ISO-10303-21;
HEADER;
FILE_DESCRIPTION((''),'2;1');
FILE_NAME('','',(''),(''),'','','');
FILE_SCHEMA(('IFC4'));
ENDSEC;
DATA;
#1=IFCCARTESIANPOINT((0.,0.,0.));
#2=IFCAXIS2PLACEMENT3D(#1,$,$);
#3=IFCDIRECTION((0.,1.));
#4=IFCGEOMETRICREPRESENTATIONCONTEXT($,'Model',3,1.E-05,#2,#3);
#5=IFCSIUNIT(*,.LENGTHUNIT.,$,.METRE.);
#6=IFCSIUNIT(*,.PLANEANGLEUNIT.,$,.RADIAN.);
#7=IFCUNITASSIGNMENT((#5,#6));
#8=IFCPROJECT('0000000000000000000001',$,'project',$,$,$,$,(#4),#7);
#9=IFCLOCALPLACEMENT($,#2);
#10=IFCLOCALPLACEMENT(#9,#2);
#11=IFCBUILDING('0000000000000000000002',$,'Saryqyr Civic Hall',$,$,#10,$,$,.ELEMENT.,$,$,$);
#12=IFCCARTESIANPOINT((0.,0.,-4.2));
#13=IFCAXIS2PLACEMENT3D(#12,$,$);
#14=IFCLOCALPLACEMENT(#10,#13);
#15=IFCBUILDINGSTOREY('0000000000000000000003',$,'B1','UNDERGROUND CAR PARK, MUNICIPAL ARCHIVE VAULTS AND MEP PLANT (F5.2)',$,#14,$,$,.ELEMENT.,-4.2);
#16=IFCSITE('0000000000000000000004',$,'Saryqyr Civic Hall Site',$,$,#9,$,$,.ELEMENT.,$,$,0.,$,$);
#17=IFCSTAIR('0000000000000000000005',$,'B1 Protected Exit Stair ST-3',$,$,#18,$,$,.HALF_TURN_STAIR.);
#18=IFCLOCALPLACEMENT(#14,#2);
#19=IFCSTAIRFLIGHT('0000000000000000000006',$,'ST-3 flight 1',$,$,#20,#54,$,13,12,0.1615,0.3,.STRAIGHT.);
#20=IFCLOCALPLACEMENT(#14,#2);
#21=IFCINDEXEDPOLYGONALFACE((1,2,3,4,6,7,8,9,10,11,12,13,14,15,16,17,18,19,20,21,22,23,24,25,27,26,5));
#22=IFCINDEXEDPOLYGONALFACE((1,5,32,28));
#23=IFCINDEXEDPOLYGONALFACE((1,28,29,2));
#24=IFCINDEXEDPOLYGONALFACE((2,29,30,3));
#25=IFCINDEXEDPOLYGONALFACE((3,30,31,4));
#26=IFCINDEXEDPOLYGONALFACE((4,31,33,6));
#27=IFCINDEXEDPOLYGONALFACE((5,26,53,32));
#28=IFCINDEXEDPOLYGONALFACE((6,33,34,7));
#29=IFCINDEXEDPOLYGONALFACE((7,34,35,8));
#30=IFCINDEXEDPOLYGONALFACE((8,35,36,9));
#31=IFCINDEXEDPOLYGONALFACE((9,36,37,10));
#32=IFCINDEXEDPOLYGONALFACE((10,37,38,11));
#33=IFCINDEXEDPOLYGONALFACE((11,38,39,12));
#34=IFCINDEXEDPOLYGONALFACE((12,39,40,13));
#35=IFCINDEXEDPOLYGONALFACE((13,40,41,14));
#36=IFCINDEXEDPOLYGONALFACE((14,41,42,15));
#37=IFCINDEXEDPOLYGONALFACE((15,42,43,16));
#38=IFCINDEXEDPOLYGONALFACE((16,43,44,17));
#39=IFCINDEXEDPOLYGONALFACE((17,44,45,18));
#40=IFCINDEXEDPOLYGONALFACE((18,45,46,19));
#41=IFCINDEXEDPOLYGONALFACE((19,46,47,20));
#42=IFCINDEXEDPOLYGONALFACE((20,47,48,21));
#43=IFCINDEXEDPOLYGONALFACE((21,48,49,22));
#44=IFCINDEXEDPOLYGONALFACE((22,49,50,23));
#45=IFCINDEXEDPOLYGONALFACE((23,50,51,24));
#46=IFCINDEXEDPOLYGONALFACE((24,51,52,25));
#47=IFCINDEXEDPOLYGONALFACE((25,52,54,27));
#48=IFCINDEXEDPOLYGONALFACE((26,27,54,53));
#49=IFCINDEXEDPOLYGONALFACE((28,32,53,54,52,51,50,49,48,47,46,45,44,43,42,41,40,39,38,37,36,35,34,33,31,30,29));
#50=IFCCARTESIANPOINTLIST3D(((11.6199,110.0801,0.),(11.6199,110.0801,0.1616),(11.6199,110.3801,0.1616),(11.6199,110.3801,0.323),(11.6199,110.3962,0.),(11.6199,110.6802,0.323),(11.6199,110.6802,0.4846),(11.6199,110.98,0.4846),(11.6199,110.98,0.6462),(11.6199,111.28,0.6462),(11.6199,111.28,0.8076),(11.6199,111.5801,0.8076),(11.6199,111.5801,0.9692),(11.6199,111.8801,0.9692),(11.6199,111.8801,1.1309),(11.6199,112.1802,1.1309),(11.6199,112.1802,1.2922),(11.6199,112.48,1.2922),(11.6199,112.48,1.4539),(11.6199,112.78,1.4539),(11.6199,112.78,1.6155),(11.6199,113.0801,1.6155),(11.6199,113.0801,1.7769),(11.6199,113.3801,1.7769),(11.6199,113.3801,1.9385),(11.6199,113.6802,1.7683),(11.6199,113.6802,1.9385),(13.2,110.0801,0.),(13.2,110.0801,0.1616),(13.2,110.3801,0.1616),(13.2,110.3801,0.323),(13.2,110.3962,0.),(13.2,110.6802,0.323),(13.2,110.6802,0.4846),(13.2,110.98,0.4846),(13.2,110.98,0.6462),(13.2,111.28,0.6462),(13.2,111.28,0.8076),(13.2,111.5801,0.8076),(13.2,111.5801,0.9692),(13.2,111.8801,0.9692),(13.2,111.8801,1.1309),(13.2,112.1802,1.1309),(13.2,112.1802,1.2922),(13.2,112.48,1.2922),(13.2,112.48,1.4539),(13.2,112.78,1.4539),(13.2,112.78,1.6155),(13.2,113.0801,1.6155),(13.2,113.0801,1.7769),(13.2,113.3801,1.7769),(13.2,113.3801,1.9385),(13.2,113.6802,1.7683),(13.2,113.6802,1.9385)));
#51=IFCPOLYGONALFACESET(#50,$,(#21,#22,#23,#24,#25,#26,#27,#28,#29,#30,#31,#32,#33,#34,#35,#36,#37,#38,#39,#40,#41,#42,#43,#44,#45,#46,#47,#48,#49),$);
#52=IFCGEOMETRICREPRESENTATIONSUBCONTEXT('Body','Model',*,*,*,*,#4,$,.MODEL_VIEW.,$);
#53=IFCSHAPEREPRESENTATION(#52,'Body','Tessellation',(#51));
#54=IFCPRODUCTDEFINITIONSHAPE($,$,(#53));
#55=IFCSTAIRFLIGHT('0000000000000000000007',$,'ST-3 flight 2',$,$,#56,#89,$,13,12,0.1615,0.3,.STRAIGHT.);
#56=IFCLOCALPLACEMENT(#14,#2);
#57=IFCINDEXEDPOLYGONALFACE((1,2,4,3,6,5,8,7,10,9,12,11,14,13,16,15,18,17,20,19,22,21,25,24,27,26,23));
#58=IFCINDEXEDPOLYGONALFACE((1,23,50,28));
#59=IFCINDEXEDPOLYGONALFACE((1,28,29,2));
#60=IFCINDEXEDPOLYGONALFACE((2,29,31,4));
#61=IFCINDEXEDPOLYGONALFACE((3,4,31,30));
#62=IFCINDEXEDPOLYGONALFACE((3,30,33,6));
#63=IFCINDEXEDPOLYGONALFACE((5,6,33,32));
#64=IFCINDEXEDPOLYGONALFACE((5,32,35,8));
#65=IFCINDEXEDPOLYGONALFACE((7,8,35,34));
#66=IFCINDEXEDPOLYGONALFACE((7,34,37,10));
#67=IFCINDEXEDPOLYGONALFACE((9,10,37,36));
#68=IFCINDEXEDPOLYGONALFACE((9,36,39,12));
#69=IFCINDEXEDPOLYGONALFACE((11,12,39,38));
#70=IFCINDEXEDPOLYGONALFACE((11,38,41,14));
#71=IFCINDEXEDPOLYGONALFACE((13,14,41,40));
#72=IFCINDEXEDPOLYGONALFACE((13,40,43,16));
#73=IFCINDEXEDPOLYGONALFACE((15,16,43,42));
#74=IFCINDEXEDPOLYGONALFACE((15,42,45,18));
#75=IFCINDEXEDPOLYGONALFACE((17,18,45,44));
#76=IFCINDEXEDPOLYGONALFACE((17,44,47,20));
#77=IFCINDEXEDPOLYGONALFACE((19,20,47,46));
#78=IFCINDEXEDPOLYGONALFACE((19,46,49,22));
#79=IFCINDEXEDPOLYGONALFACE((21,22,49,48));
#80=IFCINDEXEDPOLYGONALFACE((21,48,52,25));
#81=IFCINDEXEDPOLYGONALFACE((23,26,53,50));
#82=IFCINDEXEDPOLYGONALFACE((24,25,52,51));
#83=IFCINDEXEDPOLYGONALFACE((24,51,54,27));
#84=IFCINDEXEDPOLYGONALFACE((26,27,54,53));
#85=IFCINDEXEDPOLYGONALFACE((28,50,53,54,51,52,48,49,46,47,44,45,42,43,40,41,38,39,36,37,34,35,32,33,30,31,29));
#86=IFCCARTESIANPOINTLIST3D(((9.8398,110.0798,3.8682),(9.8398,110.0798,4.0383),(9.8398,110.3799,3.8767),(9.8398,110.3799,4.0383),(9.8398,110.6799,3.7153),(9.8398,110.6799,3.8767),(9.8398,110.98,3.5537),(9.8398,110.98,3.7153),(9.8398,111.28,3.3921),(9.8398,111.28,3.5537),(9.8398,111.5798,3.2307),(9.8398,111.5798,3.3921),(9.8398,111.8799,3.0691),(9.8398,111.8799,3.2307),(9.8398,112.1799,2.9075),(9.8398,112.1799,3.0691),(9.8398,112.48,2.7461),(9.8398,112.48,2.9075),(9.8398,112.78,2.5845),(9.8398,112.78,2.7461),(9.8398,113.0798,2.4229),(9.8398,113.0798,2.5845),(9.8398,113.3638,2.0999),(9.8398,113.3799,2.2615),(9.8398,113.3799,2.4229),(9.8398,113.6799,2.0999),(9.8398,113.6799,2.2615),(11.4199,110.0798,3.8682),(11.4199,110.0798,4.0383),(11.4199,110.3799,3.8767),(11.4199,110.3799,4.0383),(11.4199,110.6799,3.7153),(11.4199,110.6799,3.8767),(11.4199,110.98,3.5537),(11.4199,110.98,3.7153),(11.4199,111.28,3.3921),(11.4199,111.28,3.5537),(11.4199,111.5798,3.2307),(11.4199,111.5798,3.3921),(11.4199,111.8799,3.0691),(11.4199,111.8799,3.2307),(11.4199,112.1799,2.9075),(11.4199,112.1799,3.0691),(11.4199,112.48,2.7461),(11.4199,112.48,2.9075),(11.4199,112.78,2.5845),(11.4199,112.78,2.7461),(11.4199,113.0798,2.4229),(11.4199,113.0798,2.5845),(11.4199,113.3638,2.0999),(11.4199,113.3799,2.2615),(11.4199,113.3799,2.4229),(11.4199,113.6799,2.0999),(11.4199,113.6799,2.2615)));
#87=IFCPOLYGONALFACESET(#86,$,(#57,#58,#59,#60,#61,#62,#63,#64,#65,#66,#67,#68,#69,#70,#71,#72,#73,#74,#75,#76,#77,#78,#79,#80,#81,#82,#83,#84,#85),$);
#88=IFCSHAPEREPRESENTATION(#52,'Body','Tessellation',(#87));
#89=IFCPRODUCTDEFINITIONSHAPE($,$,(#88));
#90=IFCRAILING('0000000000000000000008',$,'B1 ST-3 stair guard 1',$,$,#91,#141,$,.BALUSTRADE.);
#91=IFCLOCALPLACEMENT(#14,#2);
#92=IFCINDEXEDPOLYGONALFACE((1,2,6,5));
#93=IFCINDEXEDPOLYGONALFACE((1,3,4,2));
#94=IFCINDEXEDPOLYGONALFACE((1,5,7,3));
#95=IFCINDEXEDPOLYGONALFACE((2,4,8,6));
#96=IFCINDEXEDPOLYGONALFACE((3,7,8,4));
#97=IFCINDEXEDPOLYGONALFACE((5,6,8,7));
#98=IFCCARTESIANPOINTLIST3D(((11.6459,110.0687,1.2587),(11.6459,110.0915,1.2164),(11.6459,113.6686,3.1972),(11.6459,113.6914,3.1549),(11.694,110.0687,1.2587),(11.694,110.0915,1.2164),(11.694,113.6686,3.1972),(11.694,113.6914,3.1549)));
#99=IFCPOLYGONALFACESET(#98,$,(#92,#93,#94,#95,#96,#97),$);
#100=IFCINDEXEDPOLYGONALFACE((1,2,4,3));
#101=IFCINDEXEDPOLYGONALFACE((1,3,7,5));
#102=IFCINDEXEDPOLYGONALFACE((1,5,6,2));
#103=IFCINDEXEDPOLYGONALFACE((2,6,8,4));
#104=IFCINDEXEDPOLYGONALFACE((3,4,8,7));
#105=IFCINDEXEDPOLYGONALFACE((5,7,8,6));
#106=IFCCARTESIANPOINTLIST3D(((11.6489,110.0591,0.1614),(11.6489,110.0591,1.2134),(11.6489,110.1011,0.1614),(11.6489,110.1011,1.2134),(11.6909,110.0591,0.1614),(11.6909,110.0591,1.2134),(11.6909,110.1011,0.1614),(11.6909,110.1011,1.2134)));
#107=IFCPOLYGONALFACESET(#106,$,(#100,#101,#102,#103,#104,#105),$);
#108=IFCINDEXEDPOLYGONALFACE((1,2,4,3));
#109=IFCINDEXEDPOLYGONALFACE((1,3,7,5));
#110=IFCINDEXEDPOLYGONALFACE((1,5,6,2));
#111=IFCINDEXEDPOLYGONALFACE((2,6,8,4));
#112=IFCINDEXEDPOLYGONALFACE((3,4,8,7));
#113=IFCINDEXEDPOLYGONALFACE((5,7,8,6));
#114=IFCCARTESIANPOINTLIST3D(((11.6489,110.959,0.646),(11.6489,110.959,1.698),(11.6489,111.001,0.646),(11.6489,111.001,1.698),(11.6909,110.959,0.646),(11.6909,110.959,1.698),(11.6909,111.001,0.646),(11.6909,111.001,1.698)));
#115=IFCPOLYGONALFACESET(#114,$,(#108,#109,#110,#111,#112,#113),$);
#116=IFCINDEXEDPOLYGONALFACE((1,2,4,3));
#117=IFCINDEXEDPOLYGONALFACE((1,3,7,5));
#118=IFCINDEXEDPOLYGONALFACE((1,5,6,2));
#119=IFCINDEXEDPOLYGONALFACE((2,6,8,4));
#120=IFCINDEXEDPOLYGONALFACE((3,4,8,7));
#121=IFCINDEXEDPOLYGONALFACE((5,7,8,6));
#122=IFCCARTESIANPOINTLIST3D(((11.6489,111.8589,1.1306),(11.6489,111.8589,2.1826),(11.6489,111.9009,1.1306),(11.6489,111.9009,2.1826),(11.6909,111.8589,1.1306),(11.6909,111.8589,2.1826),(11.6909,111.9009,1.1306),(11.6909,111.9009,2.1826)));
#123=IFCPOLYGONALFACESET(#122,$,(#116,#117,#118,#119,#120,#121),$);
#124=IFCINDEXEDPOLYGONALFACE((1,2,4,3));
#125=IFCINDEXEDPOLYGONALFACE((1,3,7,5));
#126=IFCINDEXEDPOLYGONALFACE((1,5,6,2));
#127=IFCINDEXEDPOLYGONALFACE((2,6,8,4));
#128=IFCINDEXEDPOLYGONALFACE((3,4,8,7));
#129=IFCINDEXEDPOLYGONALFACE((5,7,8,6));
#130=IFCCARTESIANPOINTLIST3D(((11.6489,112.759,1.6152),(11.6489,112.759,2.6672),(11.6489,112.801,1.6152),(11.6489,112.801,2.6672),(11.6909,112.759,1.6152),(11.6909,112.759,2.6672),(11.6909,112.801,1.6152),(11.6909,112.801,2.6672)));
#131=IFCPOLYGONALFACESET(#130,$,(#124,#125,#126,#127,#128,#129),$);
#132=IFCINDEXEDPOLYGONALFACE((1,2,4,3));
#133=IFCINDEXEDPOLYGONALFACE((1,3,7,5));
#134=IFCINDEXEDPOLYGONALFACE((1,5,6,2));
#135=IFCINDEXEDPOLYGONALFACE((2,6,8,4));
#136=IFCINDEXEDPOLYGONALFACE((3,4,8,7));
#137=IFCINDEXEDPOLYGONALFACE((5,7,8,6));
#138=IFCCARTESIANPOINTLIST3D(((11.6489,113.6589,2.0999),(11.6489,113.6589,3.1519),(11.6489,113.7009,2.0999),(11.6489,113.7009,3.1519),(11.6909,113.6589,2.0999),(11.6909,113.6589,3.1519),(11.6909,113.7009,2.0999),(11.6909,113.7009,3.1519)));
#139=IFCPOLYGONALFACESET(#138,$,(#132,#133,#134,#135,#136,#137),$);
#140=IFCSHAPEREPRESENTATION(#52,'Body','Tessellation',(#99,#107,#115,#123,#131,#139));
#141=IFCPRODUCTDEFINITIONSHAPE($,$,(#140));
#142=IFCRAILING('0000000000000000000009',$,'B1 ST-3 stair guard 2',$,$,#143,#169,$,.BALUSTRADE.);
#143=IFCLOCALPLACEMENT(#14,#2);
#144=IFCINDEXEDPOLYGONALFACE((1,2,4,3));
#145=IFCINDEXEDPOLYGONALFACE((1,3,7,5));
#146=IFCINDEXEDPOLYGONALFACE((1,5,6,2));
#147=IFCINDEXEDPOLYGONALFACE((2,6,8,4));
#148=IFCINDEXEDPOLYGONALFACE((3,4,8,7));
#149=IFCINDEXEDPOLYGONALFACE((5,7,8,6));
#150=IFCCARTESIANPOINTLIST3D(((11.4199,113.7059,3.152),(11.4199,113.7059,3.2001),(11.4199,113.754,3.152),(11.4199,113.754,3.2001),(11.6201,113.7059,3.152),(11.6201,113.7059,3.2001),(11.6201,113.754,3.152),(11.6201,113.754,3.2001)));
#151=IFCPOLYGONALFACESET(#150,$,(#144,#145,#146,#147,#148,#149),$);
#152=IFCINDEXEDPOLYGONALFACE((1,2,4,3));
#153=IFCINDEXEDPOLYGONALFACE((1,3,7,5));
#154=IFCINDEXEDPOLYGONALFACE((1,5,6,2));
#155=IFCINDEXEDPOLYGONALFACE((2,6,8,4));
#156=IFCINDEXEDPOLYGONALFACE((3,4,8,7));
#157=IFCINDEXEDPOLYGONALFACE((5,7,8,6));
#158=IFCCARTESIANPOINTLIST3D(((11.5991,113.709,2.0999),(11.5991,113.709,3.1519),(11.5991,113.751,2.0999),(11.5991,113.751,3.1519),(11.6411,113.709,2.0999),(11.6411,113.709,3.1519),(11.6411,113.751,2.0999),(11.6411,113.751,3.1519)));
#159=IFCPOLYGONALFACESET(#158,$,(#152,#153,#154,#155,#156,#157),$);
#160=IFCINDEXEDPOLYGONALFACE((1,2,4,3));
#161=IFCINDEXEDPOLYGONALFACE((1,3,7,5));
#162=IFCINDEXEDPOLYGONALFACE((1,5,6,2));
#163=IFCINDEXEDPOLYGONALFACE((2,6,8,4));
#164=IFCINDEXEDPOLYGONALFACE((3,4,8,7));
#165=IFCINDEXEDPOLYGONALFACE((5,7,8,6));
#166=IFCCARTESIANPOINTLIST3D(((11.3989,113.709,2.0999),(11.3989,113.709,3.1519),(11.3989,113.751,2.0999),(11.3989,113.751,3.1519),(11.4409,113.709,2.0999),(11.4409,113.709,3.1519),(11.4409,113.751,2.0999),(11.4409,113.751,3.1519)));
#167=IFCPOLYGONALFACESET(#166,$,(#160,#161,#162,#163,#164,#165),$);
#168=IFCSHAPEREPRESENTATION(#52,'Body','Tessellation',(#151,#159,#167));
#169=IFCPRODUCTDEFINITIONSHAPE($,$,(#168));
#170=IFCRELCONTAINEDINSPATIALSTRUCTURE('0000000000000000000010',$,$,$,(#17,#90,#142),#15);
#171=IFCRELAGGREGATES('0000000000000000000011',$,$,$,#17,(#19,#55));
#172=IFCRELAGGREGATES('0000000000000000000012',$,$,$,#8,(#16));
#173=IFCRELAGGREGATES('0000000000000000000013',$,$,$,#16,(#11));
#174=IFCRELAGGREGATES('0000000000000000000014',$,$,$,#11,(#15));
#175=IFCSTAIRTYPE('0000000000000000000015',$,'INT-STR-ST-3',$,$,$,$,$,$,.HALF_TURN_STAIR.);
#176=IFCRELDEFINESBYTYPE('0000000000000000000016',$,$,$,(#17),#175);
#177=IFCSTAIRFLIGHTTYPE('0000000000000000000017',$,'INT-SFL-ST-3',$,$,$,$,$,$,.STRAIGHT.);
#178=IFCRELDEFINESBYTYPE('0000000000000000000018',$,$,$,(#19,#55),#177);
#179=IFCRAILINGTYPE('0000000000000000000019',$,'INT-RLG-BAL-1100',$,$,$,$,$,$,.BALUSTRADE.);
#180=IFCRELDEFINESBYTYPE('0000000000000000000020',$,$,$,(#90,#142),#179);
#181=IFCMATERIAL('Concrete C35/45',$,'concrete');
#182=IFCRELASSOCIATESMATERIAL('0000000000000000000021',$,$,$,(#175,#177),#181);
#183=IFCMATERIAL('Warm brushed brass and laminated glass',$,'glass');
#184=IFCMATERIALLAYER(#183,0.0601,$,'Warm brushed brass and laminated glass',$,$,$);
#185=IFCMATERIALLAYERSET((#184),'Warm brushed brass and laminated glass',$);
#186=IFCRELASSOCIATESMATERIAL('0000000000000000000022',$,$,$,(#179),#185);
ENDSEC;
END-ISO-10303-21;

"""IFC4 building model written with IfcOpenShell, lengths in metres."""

from ifc_helpers import new_model, si_unit, direction, frame, origin, origin_2d, place, context, subcontext, project, spatial, polyline, rectangle, outline, extrude, material, layer, layer_set, type_object, element, aggregate, save


model = new_model("IFC4")

# Units and contexts
model_context = context("Model", 3, precision=1e-05, world=origin(), true_north=direction((0.0, 1.0)))
body_context = subcontext(model_context, "Body", "Model", "MODEL_VIEW")
ifc_project = project(units=[si_unit("LENGTHUNIT", "METRE"), si_unit("PLANEANGLEUNIT", "RADIAN")], contexts=[model_context])

# Site, building, storey
site_placement = place(None, origin())
site = spatial("IfcSite", under=ifc_project, at=site_placement, Name="Saryqyr Civic Hall Site", CompositionType="ELEMENT", RefElevation=0.0)
building_placement = place(site_placement, origin())
building = spatial("IfcBuilding", under=site, at=building_placement, Name="Saryqyr Civic Hall", CompositionType="ELEMENT")
storey_placement = place(building_placement, frame((0.0, 0.0, -4.2)))
storey = spatial("IfcBuildingStorey", under=building, at=storey_placement, Name="B1", Description="UNDERGROUND CAR PARK, MUNICIPAL ARCHIVE VAULTS AND MEP PLANT (F5.2)", CompositionType="ELEMENT", Elevation=-4.2)

# Shared definitions
ifc_material_1 = material(Name="Concrete C35/45", Category="concrete")

# Stair, stair flights
stair_type = type_object("IfcStairType", Name="INT-STR-ST-3", PredefinedType="HALF_TURN_STAIR", material=ifc_material_1)
stair_placement = place(storey_placement, origin())
stair = element("IfcStair", 1, at=stair_placement, inside=storey, type_object=stair_type, Name="B1 Protected Exit Stair ST-3", PredefinedType="HALF_TURN_STAIR")
stair_flight_type = type_object("IfcStairFlightType", Name="INT-SFL-ST-3", PredefinedType="STRAIGHT", material=ifc_material_1)
stair_flight_1_placement = place(storey_placement, frame((12.4099, 110.0801, 0.0), z_axis=(0.0, 0.0, 1.0), x_axis=(0.0, 1.0, 0.0)))
stair_flight_1 = element("IfcStairFlight", 2, at=stair_flight_1_placement, type_object=stair_flight_type, Name="ST-3 flight 1", NumberOfRisers=13, NumberOfTreads=12, PredefinedType="STRAIGHT", RiserHeight=0.1615, TreadLength=0.3, context=body_context, shape_type="SweptSolid", body=[
    extrude(outline(polyline([(0.0, 0.0), (0.0, 0.1616), (0.3, 0.1616), (0.3, 0.323), (0.6001, 0.323), (0.6001, 0.4846), (0.8999, 0.4846), (0.8999, 0.6462), (1.2, 0.6462), (1.2, 0.8076), (1.5, 0.8076), (1.5, 0.9692), (1.8, 0.9692), (1.8, 1.1309), (2.1001, 1.1309), (2.1001, 1.2922), (2.3999, 1.2922), (2.3999, 1.4539), (2.7, 1.4539), (2.7, 1.6155), (3.0, 1.6155), (3.0, 1.7769), (3.3, 1.7769), (3.3, 1.9385), (3.6001, 1.9385), (3.6001, 2.1001), (3.6001, 1.7683), (0.3162, 0.0), (0.0, 0.0)])), frame((0.0, 0.79, 0.0), z_axis=(0.0, -1.0, 0.0), x_axis=(1.0, 0.0, 0.0)), (0.0, 0.0, 1.0), 1.5801),
])
stair_flight_2_placement = place(storey_placement, frame((10.6299, 113.6799, 2.0999), z_axis=(0.0, 0.0, 1.0), x_axis=(0.0, -1.0, 0.0)))
stair_flight_2 = element("IfcStairFlight", 3, at=stair_flight_2_placement, type_object=stair_flight_type, Name="ST-3 flight 2", NumberOfRisers=13, NumberOfTreads=12, PredefinedType="STRAIGHT", RiserHeight=0.1615, TreadLength=0.3, context=body_context, shape_type="SweptSolid", body=[
    extrude(outline(polyline([(0.0, 0.0), (0.0, 0.1616), (0.3, 0.1616), (0.3, 0.323), (0.6001, 0.323), (0.6001, 0.4846), (0.8999, 0.4846), (0.8999, 0.6462), (1.2, 0.6462), (1.2, 0.8076), (1.5, 0.8076), (1.5, 0.9692), (1.8, 0.9692), (1.8, 1.1309), (2.1001, 1.1309), (2.1001, 1.2922), (2.3999, 1.2922), (2.3999, 1.4539), (2.7, 1.4539), (2.7, 1.6155), (3.0, 1.6155), (3.0, 1.7769), (3.3, 1.7769), (3.3, 1.9385), (3.6001, 1.9385), (3.6001, 2.1001), (3.6001, 1.7683), (0.3162, 0.0), (0.0, 0.0)])), frame((0.0, 0.79, 0.0), z_axis=(0.0, -1.0, 0.0), x_axis=(1.0, 0.0, 0.0)), (0.0, 0.0, 1.0), 1.5801),
])
aggregate(stair, [stair_flight_1, stair_flight_2])

# Railings
ifc_material_2 = material(Name="Warm brushed brass and laminated glass", Category="glass")
ifc_layer_1 = layer(ifc_material_2, 0.0601, Name="Warm brushed brass and laminated glass")
ifc_layer_set_1 = layer_set([ifc_layer_1], Name="Warm brushed brass and laminated glass")
railing_type_1 = type_object("IfcRailingType", Name="INT-RLG-BAL-1100", PredefinedType="BALUSTRADE", material=ifc_layer_set_1)
railing_1_placement = place(storey_placement, frame((11.6699, 110.0801, 0.1614)))
element("IfcRailing", 4, at=railing_1_placement, inside=storey, type_object=railing_type_1, Name="B1 ST-3 stair guard 1", PredefinedType="BALUSTRADE", context=body_context, shape_type="SweptSolid", body=[
    extrude(rectangle(XDim=0.0481, YDim=0.0481, at=origin_2d()), frame((0.0, 0.0, 1.0762), z_axis=(0.0, 0.880462, 0.474118), x_axis=(-1.0, 0.0, 0.0)), (0.0, 0.0, 1.0), 4.0886),
    extrude(rectangle(XDim=0.042, YDim=0.042, at=origin_2d()), origin(), (0.0, 0.0, 1.0), 1.052),
    extrude(rectangle(XDim=0.042, YDim=0.042, at=origin_2d()), frame((0.0, 0.8999, 0.4846)), (0.0, 0.0, 1.0), 1.052),
    extrude(rectangle(XDim=0.042, YDim=0.042, at=origin_2d()), frame((0.0, 1.7998, 0.9692)), (0.0, 0.0, 1.0), 1.052),
    extrude(rectangle(XDim=0.042, YDim=0.042, at=origin_2d()), frame((0.0, 2.7, 1.4539)), (0.0, 0.0, 1.0), 1.052),
    extrude(rectangle(XDim=0.042, YDim=0.042, at=origin_2d()), frame((0.0, 3.5999, 1.9385)), (0.0, 0.0, 1.0), 1.052),
])
railing_2_placement = place(storey_placement, frame((11.6201, 113.73, 2.0999)))
element("IfcRailing", 5, at=railing_2_placement, inside=storey, type_object=railing_type_1, Name="B1 ST-3 stair guard 2", PredefinedType="BALUSTRADE", context=body_context, shape_type="SweptSolid", body=[
    extrude(rectangle(XDim=0.0481, YDim=0.0481, at=origin_2d()), frame((0.0, 0.0, 1.0762), z_axis=(-1.0, 0.0, 0.0), x_axis=(0.0, -1.0, 0.0)), (0.0, 0.0, 1.0), 0.2002),
    extrude(rectangle(XDim=0.042, YDim=0.042, at=origin_2d()), origin(), (0.0, 0.0, 1.0), 1.052),
    extrude(rectangle(XDim=0.042, YDim=0.042, at=origin_2d()), frame((-0.2002, 0.0, 0.0)), (0.0, 0.0, 1.0), 1.052),
])

save(model, "model.ifc")
